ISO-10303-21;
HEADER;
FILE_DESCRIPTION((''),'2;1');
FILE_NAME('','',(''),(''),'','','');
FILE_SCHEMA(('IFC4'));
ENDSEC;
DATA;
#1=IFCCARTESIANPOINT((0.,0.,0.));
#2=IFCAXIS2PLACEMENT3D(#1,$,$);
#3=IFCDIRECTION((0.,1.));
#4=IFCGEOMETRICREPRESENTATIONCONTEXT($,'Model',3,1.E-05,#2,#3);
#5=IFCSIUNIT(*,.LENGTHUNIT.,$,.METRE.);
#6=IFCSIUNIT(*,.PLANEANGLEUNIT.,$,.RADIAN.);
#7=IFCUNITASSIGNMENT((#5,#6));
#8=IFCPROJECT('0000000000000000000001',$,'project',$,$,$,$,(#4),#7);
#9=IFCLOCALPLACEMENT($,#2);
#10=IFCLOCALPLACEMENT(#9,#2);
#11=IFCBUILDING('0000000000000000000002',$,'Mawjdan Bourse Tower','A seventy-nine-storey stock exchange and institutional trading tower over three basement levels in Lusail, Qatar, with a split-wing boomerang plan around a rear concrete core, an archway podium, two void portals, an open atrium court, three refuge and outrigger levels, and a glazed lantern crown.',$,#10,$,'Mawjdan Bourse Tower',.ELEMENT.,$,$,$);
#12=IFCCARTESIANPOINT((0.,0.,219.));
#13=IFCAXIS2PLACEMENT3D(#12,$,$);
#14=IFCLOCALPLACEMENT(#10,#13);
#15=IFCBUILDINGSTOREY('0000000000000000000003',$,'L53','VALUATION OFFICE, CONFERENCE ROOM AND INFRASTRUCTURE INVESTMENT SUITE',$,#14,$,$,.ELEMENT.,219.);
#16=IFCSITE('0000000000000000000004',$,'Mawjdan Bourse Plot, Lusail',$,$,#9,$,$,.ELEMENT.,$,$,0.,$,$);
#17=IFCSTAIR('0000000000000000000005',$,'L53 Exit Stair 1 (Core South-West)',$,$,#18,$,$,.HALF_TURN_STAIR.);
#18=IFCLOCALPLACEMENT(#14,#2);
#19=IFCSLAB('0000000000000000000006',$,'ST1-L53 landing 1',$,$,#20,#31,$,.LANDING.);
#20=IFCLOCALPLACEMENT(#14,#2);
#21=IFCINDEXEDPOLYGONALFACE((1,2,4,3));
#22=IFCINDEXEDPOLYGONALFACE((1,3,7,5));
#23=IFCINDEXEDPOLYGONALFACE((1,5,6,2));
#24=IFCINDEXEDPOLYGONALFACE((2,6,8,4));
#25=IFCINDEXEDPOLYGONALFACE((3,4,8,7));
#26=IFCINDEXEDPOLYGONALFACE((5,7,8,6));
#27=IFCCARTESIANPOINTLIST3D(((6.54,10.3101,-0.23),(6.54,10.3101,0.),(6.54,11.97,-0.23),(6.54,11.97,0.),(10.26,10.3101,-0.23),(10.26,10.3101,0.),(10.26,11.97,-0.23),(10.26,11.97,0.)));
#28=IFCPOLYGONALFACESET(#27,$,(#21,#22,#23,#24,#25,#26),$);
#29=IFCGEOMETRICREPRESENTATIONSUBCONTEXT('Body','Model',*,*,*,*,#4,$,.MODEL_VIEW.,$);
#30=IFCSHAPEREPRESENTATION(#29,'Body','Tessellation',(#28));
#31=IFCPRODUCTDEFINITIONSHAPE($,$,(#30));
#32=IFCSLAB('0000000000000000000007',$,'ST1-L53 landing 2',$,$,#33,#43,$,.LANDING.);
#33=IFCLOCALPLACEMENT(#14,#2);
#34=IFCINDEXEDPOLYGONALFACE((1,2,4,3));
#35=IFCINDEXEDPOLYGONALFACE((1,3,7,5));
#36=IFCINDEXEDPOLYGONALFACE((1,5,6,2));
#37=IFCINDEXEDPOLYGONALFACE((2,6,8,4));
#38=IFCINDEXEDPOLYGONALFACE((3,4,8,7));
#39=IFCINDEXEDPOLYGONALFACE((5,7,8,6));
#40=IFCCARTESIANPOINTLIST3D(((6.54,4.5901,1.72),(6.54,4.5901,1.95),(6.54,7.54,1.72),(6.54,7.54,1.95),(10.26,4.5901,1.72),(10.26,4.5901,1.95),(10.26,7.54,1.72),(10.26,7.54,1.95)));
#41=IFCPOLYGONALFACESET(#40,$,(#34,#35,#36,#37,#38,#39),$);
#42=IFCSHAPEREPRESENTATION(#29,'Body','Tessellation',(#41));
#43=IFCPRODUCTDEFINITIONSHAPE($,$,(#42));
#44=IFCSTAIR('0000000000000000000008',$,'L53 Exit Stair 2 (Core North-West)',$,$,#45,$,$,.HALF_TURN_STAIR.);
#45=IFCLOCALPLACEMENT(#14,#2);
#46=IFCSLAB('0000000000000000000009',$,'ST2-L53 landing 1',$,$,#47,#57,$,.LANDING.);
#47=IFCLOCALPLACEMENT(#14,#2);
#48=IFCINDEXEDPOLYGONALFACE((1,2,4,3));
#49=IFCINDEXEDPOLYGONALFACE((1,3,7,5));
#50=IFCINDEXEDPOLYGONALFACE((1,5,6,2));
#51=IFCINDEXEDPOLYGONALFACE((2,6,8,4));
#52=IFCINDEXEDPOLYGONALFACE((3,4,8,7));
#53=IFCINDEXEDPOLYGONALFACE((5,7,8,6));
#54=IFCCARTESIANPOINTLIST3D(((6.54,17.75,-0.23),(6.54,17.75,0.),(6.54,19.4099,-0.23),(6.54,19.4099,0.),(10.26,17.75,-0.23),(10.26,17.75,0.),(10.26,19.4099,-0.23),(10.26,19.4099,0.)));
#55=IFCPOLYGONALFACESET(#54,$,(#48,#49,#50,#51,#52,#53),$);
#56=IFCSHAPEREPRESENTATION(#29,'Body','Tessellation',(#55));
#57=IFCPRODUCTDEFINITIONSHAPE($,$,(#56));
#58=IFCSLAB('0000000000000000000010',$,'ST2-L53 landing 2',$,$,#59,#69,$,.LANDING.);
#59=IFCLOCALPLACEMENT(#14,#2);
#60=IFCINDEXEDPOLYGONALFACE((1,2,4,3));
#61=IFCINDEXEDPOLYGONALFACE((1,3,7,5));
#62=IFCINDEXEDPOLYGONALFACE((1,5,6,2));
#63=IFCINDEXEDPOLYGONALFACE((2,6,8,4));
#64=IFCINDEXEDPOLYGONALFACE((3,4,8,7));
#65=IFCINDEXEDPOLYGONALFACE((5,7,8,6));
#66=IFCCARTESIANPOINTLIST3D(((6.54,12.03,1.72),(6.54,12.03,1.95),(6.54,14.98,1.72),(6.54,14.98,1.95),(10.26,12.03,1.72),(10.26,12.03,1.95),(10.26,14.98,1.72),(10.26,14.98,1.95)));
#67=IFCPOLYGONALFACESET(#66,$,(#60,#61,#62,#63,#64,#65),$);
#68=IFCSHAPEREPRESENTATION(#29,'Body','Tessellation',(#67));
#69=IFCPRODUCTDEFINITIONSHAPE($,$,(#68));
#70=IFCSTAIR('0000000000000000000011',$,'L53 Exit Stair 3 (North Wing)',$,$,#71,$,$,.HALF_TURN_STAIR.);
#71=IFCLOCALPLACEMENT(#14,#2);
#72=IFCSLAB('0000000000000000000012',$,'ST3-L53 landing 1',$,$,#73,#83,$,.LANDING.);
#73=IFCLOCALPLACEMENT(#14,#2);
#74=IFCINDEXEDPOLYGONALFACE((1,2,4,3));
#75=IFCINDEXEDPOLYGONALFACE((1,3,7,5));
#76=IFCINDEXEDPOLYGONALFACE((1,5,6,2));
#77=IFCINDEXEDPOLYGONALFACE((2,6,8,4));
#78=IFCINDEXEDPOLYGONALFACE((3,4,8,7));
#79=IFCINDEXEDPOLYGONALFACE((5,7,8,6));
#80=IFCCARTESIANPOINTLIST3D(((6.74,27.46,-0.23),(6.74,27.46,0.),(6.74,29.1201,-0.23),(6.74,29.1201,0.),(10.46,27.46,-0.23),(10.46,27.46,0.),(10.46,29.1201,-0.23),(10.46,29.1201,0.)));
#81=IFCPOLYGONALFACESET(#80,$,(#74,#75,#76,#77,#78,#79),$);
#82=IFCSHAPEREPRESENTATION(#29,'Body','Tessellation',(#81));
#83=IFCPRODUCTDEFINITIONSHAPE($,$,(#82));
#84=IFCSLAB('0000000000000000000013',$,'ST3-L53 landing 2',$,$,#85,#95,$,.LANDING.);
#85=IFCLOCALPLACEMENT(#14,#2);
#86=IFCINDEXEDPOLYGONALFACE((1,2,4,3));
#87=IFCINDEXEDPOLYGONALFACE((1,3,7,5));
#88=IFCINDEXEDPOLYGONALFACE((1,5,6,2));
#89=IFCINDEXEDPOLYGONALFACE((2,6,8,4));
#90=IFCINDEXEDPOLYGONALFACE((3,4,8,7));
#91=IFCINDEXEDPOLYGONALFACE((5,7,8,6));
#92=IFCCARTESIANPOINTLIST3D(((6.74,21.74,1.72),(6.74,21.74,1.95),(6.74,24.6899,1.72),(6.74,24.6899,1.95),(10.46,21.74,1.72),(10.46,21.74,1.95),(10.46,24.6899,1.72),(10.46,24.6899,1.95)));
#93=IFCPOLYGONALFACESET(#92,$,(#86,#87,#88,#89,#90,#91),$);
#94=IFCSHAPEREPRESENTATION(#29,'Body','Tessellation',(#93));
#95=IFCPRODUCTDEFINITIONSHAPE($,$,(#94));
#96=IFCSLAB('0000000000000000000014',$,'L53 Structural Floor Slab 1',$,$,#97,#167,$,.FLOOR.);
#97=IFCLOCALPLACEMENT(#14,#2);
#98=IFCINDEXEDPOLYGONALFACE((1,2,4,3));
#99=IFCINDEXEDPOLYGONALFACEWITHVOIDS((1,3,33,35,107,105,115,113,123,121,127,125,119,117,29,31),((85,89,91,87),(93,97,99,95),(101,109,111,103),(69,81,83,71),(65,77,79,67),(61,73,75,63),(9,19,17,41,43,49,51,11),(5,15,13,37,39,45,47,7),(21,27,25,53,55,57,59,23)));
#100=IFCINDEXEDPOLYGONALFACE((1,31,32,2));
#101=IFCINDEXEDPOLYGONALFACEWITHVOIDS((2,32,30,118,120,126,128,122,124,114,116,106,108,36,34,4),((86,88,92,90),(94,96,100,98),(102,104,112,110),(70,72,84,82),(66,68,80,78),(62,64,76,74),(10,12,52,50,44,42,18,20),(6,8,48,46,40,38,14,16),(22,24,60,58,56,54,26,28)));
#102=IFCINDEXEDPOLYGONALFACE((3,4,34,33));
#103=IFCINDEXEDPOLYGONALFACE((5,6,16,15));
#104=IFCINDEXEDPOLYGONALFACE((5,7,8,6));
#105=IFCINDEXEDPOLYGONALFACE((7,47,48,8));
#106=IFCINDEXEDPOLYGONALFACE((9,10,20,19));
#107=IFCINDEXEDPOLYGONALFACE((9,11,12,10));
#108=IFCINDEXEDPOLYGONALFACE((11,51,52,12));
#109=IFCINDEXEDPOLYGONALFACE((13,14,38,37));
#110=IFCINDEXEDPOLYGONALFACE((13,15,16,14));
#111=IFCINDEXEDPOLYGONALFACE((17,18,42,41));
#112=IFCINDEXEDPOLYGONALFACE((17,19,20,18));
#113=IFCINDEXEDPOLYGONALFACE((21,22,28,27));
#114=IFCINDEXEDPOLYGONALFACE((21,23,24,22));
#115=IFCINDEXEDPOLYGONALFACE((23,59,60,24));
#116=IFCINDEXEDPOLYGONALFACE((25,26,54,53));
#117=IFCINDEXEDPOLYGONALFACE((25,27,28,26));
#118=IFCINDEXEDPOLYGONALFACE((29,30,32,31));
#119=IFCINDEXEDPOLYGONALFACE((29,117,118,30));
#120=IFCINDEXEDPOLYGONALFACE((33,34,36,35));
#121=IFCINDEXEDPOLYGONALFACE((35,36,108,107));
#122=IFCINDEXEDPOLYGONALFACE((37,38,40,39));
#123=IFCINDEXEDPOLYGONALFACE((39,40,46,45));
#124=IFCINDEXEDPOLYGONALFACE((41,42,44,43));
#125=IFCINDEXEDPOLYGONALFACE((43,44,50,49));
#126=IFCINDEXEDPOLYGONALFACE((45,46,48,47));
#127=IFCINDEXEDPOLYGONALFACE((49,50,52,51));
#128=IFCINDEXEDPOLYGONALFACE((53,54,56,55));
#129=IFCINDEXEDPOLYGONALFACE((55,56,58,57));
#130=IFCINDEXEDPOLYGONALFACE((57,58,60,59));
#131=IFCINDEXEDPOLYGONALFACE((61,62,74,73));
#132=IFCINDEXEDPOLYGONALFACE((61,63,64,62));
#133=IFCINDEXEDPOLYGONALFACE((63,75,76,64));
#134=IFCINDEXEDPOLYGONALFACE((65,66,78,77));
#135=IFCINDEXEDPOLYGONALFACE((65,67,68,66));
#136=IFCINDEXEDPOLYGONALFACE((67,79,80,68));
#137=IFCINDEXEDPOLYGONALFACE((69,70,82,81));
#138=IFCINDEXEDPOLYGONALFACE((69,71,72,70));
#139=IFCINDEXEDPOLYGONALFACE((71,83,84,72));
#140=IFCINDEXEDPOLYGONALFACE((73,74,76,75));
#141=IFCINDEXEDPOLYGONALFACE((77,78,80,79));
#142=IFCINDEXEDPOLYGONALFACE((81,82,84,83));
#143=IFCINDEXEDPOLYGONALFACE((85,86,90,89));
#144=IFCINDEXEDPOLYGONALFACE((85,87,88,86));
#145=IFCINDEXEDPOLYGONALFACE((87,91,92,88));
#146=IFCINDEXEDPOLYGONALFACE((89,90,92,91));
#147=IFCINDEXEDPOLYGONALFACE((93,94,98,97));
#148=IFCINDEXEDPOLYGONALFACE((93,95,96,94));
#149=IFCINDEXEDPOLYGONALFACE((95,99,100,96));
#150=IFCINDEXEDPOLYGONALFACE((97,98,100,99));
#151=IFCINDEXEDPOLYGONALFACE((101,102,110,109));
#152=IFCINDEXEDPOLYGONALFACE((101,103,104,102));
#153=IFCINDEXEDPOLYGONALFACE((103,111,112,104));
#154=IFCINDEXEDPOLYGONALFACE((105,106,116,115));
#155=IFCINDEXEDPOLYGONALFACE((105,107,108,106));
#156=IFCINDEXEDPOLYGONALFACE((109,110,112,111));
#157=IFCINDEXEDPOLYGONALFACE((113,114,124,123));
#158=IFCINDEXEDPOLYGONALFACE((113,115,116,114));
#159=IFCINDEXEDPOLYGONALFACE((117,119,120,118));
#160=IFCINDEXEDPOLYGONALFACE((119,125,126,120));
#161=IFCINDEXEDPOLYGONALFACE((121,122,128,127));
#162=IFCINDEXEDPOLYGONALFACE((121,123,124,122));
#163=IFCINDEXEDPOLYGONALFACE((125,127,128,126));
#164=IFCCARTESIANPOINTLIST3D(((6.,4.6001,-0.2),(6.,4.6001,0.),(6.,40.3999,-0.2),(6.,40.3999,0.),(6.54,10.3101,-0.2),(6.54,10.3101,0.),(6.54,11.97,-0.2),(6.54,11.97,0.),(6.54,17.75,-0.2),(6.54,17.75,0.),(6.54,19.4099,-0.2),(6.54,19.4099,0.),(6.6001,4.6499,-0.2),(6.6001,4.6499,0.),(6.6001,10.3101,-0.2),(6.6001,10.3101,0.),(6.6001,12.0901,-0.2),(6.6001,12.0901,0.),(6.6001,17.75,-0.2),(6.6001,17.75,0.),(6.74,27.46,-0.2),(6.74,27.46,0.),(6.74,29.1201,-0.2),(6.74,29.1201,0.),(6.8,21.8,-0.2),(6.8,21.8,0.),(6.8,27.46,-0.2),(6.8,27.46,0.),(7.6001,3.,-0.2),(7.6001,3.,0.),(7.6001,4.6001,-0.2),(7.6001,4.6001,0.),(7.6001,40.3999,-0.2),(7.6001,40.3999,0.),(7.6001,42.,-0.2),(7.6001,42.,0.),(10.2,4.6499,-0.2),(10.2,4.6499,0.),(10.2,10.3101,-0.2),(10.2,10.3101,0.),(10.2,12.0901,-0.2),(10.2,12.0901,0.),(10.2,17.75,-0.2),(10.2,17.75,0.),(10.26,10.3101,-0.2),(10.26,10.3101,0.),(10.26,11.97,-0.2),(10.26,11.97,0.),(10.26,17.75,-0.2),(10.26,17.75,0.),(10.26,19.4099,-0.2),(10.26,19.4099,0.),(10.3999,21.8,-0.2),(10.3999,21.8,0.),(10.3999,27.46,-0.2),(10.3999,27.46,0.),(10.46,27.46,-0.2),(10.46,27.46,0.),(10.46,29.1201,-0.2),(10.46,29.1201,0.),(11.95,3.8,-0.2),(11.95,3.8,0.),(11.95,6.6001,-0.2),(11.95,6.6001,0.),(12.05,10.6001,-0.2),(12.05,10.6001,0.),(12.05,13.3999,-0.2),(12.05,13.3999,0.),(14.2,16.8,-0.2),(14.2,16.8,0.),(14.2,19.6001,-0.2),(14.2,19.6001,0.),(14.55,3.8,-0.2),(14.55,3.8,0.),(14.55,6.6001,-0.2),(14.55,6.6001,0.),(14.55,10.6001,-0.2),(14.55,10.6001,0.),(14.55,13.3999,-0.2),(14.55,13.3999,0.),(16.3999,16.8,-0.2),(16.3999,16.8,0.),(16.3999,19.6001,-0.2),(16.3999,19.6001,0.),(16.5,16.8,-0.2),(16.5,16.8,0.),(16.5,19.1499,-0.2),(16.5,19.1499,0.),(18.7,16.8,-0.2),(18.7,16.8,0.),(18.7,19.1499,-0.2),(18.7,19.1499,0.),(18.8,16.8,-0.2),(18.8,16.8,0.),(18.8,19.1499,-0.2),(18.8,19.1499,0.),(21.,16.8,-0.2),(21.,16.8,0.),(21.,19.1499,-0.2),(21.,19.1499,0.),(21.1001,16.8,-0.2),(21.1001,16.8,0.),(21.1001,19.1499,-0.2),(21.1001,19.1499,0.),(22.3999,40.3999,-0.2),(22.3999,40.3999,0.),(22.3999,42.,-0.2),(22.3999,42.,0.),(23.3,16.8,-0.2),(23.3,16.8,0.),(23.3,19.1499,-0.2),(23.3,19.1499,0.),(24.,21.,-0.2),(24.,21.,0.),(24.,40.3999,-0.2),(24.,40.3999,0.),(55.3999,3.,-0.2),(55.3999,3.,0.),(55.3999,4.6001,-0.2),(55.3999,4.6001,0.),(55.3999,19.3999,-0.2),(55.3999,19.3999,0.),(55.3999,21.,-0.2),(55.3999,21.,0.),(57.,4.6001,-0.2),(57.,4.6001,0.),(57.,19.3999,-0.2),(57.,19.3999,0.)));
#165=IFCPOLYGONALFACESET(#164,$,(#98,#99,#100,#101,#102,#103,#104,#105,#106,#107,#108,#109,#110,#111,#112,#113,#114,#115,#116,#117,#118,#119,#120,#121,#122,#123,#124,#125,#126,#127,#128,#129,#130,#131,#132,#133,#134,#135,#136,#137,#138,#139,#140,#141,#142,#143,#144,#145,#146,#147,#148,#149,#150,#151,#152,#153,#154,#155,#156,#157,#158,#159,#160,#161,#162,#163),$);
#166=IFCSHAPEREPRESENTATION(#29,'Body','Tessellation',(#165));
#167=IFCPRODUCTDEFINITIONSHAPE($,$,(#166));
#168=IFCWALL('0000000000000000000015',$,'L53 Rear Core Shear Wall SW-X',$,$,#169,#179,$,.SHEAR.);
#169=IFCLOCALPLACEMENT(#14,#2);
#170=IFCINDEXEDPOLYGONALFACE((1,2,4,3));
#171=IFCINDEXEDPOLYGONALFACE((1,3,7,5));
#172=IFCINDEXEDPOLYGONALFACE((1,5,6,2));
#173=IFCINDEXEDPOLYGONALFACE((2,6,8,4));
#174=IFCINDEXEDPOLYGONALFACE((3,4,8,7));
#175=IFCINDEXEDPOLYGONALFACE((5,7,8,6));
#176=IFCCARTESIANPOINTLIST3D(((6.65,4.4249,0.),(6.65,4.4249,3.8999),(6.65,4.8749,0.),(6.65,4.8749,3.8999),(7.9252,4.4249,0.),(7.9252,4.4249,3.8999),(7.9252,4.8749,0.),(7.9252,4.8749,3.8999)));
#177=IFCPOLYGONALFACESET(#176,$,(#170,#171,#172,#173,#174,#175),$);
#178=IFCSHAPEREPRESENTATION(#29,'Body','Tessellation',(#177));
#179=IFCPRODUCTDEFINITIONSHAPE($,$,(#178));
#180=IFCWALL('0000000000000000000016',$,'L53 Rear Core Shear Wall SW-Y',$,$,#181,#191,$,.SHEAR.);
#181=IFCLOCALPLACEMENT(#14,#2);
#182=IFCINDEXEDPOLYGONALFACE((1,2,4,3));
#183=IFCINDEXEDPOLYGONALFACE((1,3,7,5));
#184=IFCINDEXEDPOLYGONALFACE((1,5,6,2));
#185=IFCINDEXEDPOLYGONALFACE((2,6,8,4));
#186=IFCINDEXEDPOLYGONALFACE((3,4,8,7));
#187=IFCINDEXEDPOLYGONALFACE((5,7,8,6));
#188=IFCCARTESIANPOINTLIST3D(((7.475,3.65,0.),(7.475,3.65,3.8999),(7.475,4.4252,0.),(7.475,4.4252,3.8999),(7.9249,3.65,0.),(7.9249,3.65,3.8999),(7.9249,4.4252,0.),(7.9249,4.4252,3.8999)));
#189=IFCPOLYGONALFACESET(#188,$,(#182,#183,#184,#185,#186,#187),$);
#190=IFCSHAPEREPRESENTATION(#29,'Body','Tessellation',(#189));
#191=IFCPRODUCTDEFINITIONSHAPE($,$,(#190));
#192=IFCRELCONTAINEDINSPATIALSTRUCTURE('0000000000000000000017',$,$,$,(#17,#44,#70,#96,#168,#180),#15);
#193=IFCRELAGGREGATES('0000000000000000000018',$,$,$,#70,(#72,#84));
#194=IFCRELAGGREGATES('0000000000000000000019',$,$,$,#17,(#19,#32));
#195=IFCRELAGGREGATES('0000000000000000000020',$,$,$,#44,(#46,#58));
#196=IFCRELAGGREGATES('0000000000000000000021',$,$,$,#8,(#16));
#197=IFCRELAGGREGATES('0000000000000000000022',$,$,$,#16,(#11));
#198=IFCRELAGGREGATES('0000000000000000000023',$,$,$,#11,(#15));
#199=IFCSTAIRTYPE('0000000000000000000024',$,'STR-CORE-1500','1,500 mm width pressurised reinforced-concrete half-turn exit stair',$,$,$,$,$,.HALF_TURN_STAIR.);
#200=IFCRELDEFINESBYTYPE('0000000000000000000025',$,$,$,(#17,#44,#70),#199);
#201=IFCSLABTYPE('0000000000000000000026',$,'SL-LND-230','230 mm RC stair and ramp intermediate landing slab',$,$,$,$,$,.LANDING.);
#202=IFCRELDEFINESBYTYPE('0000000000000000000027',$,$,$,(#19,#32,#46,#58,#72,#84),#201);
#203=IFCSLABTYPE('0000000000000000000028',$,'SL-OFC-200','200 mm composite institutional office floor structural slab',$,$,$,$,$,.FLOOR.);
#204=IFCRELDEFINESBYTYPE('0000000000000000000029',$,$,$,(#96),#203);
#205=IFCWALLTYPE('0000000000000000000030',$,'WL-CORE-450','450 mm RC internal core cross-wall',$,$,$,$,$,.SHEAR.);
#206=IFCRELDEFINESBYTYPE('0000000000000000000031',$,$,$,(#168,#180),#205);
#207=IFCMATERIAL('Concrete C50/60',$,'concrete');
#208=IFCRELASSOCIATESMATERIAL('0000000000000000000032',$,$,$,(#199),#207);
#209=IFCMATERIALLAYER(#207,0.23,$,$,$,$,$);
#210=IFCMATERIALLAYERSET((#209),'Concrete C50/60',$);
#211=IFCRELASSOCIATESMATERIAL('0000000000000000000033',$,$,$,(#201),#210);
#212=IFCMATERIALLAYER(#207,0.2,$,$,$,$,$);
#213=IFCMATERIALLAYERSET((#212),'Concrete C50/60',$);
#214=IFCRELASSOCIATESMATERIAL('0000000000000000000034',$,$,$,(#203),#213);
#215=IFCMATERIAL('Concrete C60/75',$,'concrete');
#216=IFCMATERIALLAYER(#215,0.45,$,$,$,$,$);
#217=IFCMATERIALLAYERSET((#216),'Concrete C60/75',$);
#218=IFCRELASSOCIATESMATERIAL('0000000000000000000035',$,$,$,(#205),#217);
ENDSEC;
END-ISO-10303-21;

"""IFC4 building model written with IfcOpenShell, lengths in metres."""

from ifc_helpers import new_model, si_unit, direction, frame, frame_2d, origin, place, context, subcontext, project, spatial, polyline, rectangle, outline, extrude, material, layer, layer_set, type_object, element, aggregate, save


model = new_model("IFC4")

# Units and contexts
model_context = context("Model", 3, precision=1e-05, world=origin(), true_north=direction((0.0, 1.0)))
body_context = subcontext(model_context, "Body", "Model", "MODEL_VIEW")
ifc_project = project(units=[si_unit("LENGTHUNIT", "METRE"), si_unit("PLANEANGLEUNIT", "RADIAN")], contexts=[model_context])

# Site, building, storey
site_placement = place(None, origin())
site = spatial("IfcSite", under=ifc_project, at=site_placement, Name="Mawjdan Bourse Plot, Lusail", CompositionType="ELEMENT", RefElevation=0.0)
building_placement = place(site_placement, origin())
building = spatial("IfcBuilding", under=site, at=building_placement, Name="Mawjdan Bourse Tower", Description="A seventy-nine-storey stock exchange and institutional trading tower over three basement levels in Lusail, Qatar, with a split-wing boomerang plan around a rear concrete core, an archway podium, two void portals, an open atrium court, three refuge and outrigger levels, and a glazed lantern crown.", LongName="Mawjdan Bourse Tower", CompositionType="ELEMENT")
storey_placement = place(building_placement, frame((0.0, 0.0, 219.0)))
storey = spatial("IfcBuildingStorey", under=building, at=storey_placement, Name="L53", Description="VALUATION OFFICE, CONFERENCE ROOM AND INFRASTRUCTURE INVESTMENT SUITE", CompositionType="ELEMENT", Elevation=219.0)

# Stairs, slabs
ifc_material_1 = material(Name="Concrete C50/60", Category="concrete")
stair_type = type_object("IfcStairType", Name="STR-CORE-1500", Description="1,500 mm width pressurised reinforced-concrete half-turn exit stair", PredefinedType="HALF_TURN_STAIR", material=ifc_material_1)
stair_1_placement = place(storey_placement, origin())
stair_1 = element("IfcStair", 1, at=stair_1_placement, inside=storey, type_object=stair_type, Name="L53 Exit Stair 1 (Core South-West)", PredefinedType="HALF_TURN_STAIR")
ifc_layer_1 = layer(ifc_material_1, 0.23)
ifc_layer_set_1 = layer_set([ifc_layer_1], Name="Concrete C50/60")
slab_type_1 = type_object("IfcSlabType", Name="SL-LND-230", Description="230 mm RC stair and ramp intermediate landing slab", PredefinedType="LANDING", material=ifc_layer_set_1)
slab_1_placement = place(storey_placement, frame((0.0, 0.0, -0.23)))
slab_1 = element("IfcSlab", 2, at=slab_1_placement, type_object=slab_type_1, Name="ST1-L53 landing 1", PredefinedType="LANDING", context=body_context, shape_type="SweptSolid", body=[
    extrude(outline(polyline([(6.54, 10.3101), (10.26, 10.3101), (10.26, 11.97), (6.54, 11.97), (6.54, 10.3101)])), origin(), (0.0, 0.0, 1.0), 0.23),
])
slab_2_placement = place(storey_placement, frame((0.0, 0.0, 1.72)))
slab_2 = element("IfcSlab", 3, at=slab_2_placement, type_object=slab_type_1, Name="ST1-L53 landing 2", PredefinedType="LANDING", context=body_context, shape_type="SweptSolid", body=[
    extrude(outline(polyline([(6.54, 4.5901), (10.26, 4.5901), (10.26, 7.54), (6.54, 7.54), (6.54, 4.5901)])), origin(), (0.0, 0.0, 1.0), 0.23),
])
stair_2_placement = place(storey_placement, origin())
stair_2 = element("IfcStair", 4, at=stair_2_placement, inside=storey, type_object=stair_type, Name="L53 Exit Stair 2 (Core North-West)", PredefinedType="HALF_TURN_STAIR")
slab_3_placement = place(storey_placement, frame((0.0, 0.0, -0.23)))
slab_3 = element("IfcSlab", 5, at=slab_3_placement, type_object=slab_type_1, Name="ST2-L53 landing 1", PredefinedType="LANDING", context=body_context, shape_type="SweptSolid", body=[
    extrude(outline(polyline([(6.54, 17.75), (10.26, 17.75), (10.26, 19.4099), (6.54, 19.4099), (6.54, 17.75)])), origin(), (0.0, 0.0, 1.0), 0.23),
])
slab_4_placement = place(storey_placement, frame((0.0, 0.0, 1.72)))
slab_4 = element("IfcSlab", 6, at=slab_4_placement, type_object=slab_type_1, Name="ST2-L53 landing 2", PredefinedType="LANDING", context=body_context, shape_type="SweptSolid", body=[
    extrude(outline(polyline([(6.54, 12.03), (10.26, 12.03), (10.26, 14.98), (6.54, 14.98), (6.54, 12.03)])), origin(), (0.0, 0.0, 1.0), 0.23),
])
stair_3_placement = place(storey_placement, origin())
stair_3 = element("IfcStair", 7, at=stair_3_placement, inside=storey, type_object=stair_type, Name="L53 Exit Stair 3 (North Wing)", PredefinedType="HALF_TURN_STAIR")
slab_5_placement = place(storey_placement, frame((0.0, 0.0, -0.23)))
slab_5 = element("IfcSlab", 8, at=slab_5_placement, type_object=slab_type_1, Name="ST3-L53 landing 1", PredefinedType="LANDING", context=body_context, shape_type="SweptSolid", body=[
    extrude(outline(polyline([(6.74, 27.46), (10.46, 27.46), (10.46, 29.1201), (6.74, 29.1201), (6.74, 27.46)])), origin(), (0.0, 0.0, 1.0), 0.23),
])
slab_6_placement = place(storey_placement, frame((0.0, 0.0, 1.72)))
slab_6 = element("IfcSlab", 9, at=slab_6_placement, type_object=slab_type_1, Name="ST3-L53 landing 2", PredefinedType="LANDING", context=body_context, shape_type="SweptSolid", body=[
    extrude(outline(polyline([(6.74, 21.74), (10.46, 21.74), (10.46, 24.6899), (6.74, 24.6899), (6.74, 21.74)])), origin(), (0.0, 0.0, 1.0), 0.23),
])
aggregate(stair_3, [slab_5, slab_6])

# Slab
ifc_layer_2 = layer(ifc_material_1, 0.2)
ifc_layer_set_2 = layer_set([ifc_layer_2], Name="Concrete C50/60")
slab_type_2 = type_object("IfcSlabType", Name="SL-OFC-200", Description="200 mm composite institutional office floor structural slab", PredefinedType="FLOOR", material=ifc_layer_set_2)
slab_7_placement = place(storey_placement, frame((0.0, 0.0, -0.2)))
element("IfcSlab", 10, at=slab_7_placement, inside=storey, type_object=slab_type_2, Name="L53 Structural Floor Slab 1", PredefinedType="FLOOR", context=body_context, shape_type="SweptSolid", body=[
    extrude(outline(polyline([(7.6001, 3.0), (55.3999, 3.0), (55.3999, 4.6001), (57.0, 4.6001), (57.0, 19.3999), (55.3999, 19.3999), (55.3999, 21.0), (24.0, 21.0), (24.0, 40.3999), (22.3999, 40.3999), (22.3999, 42.0), (7.6001, 42.0), (7.6001, 40.3999), (6.0, 40.3999), (6.0, 4.6001), (7.6001, 4.6001), (7.6001, 3.0)]), holes=[polyline([(6.54, 11.97), (10.26, 11.97), (10.26, 10.3101), (10.2, 10.3101), (10.2, 4.6499), (6.6001, 4.6499), (6.6001, 10.3101), (6.54, 10.3101), (6.54, 11.97)]), polyline([(6.6001, 12.0901), (6.6001, 17.75), (6.54, 17.75), (6.54, 19.4099), (10.26, 19.4099), (10.26, 17.75), (10.2, 17.75), (10.2, 12.0901), (6.6001, 12.0901)]), polyline([(10.46, 29.1201), (10.46, 27.46), (10.3999, 27.46), (10.3999, 21.8), (6.8, 21.8), (6.8, 27.46), (6.74, 27.46), (6.74, 29.1201), (10.46, 29.1201)]), polyline([(14.55, 3.8), (11.95, 3.8), (11.95, 6.6001), (14.55, 6.6001), (14.55, 3.8)]), polyline([(12.05, 10.6001), (12.05, 13.3999), (14.55, 13.3999), (14.55, 10.6001), (12.05, 10.6001)]), polyline([(16.5, 16.8), (16.5, 19.1499), (18.7, 19.1499), (18.7, 16.8), (16.5, 16.8)]), polyline([(21.0, 16.8), (18.8, 16.8), (18.8, 19.1499), (21.0, 19.1499), (21.0, 16.8)]), polyline([(21.1001, 16.8), (21.1001, 19.1499), (23.3, 19.1499), (23.3, 16.8), (21.1001, 16.8)]), polyline([(14.2, 16.8), (14.2, 19.6001), (16.3999, 19.6001), (16.3999, 16.8), (14.2, 16.8)])]), origin(), (0.0, 0.0, 1.0), 0.2),
])

# Walls
ifc_material_2 = material(Name="Concrete C60/75", Category="concrete")
ifc_layer_3 = layer(ifc_material_2, 0.45)
ifc_layer_set_3 = layer_set([ifc_layer_3], Name="Concrete C60/75")
wall_type_1 = type_object("IfcWallType", Name="WL-CORE-450", Description="450 mm RC internal core cross-wall", PredefinedType="SHEAR", material=ifc_layer_set_3)
wall_1_placement = place(storey_placement, frame((6.6499, 4.6499, 0.0), z_axis=(0.0, 0.0, 1.0), x_axis=(1.0, 0.0, 0.0)))
element("IfcWall", 11, at=wall_1_placement, inside=storey, type_object=wall_type_1, Name="L53 Rear Core Shear Wall SW-X", PredefinedType="SHEAR", context=body_context, shape_type="SweptSolid", body=[
    extrude(rectangle(XDim=1.2751, YDim=0.45, at=frame_2d((0.6377, 0.0))), origin(), (0.0, 0.0, 1.0), 3.8999),
])
wall_2_placement = place(storey_placement, frame((7.7, 3.6499, 0.0), z_axis=(0.0, 0.0, 1.0), x_axis=(0.0, 1.0, 0.0)))
element("IfcWall", 12, at=wall_2_placement, inside=storey, type_object=wall_type_1, Name="L53 Rear Core Shear Wall SW-Y", PredefinedType="SHEAR", context=body_context, shape_type="SweptSolid", body=[
    extrude(rectangle(XDim=0.7751, YDim=0.45, at=frame_2d((0.3877, 0.0))), origin(), (0.0, 0.0, 1.0), 3.8999),
])

aggregate(stair_1, [slab_1, slab_2])
aggregate(stair_2, [slab_3, slab_4])

save(model, "model.ifc")
